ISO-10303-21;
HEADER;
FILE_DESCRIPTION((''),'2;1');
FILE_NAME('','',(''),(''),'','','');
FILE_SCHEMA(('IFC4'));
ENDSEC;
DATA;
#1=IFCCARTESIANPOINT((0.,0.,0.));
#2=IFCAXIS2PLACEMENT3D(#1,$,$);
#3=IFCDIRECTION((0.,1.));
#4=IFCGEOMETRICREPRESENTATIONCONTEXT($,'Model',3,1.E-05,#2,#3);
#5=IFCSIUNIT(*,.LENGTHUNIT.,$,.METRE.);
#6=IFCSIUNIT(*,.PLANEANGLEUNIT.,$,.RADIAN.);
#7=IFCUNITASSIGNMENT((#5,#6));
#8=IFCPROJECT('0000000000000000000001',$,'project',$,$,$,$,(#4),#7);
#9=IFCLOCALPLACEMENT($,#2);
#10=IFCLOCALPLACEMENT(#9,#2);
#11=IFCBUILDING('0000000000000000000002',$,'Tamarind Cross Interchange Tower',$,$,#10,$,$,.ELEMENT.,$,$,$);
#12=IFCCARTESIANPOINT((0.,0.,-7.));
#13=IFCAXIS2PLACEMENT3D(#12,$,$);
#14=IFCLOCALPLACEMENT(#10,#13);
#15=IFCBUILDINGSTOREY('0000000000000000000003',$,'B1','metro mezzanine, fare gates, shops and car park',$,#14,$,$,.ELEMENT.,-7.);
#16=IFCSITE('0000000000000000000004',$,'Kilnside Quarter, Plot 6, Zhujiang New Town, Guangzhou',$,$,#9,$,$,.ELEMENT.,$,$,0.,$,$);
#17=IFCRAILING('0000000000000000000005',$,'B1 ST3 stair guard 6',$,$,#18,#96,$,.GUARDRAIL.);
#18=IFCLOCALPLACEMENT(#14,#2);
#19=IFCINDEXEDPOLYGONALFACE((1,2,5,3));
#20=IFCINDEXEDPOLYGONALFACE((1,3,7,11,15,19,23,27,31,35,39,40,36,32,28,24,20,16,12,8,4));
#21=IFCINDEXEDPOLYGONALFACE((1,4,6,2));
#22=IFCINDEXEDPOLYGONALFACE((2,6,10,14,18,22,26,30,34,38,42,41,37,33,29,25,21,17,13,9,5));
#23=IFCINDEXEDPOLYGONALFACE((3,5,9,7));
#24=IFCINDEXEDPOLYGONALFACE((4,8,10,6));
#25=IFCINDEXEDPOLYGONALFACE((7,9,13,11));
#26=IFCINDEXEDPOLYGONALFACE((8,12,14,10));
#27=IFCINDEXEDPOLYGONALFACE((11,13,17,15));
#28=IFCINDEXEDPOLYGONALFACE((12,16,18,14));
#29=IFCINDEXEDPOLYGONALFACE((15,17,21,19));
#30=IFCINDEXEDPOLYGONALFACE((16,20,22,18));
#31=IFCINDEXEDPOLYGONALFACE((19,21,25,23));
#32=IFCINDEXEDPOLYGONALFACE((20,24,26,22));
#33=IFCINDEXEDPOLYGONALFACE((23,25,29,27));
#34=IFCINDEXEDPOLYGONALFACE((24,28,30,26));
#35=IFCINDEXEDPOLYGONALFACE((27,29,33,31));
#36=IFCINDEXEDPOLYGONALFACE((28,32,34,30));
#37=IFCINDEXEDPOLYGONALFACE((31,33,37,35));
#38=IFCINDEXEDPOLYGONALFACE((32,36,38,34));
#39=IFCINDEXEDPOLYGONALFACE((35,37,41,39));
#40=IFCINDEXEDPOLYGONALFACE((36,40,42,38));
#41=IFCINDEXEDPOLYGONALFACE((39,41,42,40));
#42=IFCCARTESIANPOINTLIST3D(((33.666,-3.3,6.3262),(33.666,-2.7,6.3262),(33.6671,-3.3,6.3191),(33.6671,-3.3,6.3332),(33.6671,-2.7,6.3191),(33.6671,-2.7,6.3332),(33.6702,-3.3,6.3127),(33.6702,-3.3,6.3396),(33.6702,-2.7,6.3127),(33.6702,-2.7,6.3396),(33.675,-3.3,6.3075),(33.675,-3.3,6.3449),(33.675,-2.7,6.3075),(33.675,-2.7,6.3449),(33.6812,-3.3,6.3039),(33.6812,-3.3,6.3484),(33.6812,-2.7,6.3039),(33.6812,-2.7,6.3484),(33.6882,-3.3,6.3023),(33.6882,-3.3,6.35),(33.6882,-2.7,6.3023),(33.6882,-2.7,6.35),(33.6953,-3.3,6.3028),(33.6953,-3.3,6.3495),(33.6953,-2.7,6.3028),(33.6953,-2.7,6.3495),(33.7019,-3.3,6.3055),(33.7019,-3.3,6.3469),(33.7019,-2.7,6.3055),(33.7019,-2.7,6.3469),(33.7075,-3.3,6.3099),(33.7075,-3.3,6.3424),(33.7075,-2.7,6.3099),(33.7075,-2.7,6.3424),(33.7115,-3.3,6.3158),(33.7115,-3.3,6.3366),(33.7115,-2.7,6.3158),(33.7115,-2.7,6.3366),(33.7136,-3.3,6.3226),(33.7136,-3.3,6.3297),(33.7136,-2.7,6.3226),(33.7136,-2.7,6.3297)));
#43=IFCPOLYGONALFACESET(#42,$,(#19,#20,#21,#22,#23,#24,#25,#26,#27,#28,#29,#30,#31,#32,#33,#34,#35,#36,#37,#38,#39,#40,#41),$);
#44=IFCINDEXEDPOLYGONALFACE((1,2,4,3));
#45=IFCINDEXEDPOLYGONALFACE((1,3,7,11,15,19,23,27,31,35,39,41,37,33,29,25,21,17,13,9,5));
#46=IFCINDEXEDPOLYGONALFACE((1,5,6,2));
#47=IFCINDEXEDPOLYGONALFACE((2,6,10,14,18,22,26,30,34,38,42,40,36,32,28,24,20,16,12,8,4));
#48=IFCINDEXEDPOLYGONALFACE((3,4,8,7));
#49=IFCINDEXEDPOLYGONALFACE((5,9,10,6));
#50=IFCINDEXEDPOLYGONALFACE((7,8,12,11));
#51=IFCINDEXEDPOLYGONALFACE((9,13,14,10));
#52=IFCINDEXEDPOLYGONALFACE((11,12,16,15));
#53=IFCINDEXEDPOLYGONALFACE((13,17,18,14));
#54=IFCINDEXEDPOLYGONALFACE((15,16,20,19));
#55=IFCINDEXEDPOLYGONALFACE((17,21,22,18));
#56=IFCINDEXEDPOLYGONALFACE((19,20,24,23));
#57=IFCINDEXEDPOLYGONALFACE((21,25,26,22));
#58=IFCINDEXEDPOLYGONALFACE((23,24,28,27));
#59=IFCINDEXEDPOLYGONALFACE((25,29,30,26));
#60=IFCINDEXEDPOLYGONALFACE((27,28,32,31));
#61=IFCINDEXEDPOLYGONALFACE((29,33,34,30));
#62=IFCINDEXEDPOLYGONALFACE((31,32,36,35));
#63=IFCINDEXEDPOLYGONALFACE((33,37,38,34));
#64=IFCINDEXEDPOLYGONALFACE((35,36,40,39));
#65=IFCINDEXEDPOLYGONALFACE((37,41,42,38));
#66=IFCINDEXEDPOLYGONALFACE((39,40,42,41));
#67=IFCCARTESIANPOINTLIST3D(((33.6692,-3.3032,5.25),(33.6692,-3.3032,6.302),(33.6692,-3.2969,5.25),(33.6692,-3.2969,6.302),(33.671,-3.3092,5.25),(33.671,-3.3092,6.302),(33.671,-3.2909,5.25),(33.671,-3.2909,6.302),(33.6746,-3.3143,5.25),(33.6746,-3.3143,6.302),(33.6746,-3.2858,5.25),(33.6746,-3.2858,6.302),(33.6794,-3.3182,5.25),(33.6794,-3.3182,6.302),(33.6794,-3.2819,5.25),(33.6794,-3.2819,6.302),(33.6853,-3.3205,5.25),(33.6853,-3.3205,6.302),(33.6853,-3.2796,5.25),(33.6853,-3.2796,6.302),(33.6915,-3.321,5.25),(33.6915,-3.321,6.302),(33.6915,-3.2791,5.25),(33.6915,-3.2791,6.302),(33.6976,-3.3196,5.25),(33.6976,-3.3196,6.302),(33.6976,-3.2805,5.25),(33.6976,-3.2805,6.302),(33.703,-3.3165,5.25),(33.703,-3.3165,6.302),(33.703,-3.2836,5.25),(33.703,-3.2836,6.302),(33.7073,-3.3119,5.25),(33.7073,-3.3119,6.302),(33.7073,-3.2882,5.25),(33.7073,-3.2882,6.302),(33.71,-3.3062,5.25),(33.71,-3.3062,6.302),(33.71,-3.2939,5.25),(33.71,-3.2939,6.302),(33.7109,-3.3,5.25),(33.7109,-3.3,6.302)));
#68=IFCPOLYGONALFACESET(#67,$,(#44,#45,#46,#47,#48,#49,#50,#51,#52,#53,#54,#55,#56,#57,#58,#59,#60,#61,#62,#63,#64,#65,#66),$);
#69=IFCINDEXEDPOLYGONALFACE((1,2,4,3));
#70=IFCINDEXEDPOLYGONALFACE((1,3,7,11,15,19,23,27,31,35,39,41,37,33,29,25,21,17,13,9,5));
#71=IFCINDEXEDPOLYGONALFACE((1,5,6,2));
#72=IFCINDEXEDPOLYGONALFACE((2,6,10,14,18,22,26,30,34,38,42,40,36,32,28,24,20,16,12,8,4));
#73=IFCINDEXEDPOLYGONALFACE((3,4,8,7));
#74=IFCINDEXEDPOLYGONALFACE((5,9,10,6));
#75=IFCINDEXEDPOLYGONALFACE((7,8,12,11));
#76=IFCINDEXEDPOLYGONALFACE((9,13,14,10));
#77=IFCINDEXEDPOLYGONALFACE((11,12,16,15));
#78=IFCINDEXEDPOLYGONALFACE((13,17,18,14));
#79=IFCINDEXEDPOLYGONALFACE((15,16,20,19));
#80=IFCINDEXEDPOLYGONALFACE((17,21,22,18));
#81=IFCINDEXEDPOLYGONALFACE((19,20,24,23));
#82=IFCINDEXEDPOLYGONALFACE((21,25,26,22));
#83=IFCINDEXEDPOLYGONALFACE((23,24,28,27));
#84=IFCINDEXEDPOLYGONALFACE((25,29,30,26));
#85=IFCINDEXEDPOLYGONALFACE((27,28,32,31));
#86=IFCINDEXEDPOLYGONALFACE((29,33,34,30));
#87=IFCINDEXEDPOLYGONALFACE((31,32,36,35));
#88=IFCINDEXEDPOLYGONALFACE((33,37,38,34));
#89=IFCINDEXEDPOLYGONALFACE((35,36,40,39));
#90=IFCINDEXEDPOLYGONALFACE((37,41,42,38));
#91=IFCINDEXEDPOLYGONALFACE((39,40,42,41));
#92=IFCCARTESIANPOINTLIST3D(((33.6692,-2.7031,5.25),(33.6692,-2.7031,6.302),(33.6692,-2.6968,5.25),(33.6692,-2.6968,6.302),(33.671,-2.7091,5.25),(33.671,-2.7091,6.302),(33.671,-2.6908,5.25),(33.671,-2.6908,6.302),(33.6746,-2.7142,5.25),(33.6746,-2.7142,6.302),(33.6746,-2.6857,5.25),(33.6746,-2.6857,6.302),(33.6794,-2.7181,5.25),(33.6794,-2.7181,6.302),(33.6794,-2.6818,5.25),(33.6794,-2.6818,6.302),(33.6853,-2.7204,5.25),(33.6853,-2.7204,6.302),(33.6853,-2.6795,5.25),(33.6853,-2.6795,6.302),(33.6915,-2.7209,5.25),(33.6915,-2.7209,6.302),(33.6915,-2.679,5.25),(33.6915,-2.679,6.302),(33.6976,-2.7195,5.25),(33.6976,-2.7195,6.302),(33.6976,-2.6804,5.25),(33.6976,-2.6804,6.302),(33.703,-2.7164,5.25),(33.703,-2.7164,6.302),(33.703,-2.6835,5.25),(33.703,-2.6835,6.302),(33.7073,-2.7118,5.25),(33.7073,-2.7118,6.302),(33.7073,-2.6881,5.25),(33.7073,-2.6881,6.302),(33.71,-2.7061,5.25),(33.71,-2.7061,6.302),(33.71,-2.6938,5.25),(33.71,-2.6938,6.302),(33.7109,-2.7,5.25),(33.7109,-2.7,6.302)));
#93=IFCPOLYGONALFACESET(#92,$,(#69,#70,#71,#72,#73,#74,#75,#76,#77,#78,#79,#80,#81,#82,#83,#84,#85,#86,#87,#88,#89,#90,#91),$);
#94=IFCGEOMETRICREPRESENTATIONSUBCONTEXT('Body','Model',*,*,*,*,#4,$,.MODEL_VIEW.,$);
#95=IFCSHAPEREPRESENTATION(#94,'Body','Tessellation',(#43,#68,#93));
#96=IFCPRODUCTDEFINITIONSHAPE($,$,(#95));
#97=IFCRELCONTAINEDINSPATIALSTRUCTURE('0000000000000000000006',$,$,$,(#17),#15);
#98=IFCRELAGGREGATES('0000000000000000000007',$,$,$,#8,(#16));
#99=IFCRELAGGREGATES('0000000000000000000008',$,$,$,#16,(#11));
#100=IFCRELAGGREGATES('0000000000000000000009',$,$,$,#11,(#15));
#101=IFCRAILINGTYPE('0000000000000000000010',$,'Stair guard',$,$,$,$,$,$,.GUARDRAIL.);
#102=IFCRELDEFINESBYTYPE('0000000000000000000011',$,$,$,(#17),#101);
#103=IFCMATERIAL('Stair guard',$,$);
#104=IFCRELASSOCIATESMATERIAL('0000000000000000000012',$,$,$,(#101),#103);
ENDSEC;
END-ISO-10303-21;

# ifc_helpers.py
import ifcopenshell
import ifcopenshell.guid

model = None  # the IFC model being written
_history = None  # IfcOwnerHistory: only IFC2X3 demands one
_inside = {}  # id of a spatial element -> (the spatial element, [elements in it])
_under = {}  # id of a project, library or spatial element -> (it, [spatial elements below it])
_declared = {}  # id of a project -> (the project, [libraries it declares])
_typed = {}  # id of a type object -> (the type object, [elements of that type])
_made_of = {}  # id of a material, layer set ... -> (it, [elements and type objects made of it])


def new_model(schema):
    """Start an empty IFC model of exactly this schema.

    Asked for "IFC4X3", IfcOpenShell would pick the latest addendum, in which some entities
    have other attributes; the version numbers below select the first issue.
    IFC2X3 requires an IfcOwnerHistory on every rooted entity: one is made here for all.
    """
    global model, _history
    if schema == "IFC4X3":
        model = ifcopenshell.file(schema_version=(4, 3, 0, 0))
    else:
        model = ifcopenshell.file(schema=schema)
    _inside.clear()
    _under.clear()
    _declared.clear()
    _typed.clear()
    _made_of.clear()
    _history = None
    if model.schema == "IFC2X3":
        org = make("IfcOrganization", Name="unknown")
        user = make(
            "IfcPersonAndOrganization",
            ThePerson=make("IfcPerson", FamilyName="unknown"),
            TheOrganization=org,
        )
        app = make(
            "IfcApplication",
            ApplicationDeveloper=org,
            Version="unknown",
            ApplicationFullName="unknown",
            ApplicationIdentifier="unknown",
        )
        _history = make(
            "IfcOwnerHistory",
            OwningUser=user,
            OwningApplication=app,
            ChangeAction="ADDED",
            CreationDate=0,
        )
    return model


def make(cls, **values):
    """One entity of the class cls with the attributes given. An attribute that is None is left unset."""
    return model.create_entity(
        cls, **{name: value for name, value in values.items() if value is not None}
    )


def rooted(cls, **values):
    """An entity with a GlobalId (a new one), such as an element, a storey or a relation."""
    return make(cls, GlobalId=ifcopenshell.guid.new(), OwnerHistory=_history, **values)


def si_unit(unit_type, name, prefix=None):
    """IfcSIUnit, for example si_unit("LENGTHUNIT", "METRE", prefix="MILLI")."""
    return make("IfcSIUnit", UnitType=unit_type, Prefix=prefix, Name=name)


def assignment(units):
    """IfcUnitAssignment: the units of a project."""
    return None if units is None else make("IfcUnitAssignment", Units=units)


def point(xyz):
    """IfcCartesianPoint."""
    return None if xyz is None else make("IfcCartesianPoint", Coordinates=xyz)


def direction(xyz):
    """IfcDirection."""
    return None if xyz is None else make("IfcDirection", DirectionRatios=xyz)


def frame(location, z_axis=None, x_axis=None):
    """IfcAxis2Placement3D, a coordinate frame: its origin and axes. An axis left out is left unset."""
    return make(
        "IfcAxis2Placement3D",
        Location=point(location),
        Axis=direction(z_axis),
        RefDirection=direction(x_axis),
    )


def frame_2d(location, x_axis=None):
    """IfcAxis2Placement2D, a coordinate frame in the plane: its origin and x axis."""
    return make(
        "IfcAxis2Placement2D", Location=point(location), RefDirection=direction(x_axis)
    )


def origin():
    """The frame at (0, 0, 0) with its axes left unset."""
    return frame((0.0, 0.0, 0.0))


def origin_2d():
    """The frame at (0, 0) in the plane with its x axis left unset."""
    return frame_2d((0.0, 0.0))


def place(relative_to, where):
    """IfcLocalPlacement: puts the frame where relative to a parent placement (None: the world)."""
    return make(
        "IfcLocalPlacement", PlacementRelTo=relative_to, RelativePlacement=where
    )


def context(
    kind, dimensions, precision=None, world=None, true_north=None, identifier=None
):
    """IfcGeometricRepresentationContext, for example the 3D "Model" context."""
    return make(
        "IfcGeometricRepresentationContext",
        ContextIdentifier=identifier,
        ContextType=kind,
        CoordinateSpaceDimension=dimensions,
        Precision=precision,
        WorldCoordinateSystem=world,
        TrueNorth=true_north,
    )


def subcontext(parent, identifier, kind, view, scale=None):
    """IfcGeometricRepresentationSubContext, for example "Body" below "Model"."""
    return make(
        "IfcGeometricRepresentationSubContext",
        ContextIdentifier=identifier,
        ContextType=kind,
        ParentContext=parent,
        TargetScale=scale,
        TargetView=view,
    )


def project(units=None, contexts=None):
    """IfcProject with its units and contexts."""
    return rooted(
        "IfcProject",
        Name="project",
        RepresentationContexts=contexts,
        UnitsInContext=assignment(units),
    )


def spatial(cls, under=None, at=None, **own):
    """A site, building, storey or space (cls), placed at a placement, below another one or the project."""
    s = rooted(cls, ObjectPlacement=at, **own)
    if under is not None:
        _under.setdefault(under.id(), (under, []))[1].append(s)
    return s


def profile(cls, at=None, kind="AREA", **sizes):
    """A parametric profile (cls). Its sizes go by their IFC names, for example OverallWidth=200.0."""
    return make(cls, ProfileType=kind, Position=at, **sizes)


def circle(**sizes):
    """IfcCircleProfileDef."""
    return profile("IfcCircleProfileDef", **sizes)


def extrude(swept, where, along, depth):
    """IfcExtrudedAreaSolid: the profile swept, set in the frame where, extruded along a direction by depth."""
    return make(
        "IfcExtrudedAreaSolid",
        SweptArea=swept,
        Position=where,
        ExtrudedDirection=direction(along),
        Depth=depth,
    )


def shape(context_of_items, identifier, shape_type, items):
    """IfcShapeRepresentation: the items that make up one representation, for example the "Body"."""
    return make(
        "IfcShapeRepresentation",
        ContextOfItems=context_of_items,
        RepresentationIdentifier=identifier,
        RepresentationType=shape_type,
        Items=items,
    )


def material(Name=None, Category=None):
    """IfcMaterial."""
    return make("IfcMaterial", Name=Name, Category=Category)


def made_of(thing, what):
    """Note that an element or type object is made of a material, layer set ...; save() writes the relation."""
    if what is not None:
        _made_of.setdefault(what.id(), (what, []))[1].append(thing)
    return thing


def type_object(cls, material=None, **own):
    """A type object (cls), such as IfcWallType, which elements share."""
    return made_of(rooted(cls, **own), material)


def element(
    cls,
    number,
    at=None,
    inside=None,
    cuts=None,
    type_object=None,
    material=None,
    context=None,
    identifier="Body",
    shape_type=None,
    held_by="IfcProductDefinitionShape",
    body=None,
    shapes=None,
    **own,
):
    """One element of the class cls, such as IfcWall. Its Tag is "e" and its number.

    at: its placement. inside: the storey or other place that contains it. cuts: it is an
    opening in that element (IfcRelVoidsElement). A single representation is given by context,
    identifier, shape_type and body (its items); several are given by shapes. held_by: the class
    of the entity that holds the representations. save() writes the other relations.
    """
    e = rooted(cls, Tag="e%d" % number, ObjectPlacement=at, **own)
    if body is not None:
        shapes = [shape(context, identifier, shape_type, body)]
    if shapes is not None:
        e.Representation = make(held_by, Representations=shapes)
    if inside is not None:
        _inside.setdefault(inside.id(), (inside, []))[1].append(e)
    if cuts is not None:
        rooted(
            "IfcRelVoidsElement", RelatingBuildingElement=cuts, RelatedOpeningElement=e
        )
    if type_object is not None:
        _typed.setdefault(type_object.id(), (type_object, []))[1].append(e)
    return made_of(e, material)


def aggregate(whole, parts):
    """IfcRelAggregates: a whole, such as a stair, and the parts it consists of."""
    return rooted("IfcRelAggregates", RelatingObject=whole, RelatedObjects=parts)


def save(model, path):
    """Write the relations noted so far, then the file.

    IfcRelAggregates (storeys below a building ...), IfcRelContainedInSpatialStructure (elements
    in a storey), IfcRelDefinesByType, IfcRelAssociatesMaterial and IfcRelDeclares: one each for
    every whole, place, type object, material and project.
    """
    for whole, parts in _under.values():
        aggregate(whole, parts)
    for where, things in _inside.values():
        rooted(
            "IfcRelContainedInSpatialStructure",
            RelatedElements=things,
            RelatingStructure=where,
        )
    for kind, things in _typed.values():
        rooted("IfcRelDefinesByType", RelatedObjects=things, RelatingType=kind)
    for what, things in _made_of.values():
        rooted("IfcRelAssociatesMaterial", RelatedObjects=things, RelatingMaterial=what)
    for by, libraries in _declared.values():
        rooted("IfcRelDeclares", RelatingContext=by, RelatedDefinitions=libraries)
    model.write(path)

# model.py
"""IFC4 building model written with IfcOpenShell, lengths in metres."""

from ifc_helpers import new_model, si_unit, direction, frame, origin, origin_2d, place, context, subcontext, project, spatial, circle, extrude, material, type_object, element, save


model = new_model("IFC4")

# Units and contexts
model_context = context("Model", 3, precision=1e-05, world=origin(), true_north=direction((0.0, 1.0)))
body_context = subcontext(model_context, "Body", "Model", "MODEL_VIEW")
ifc_project = project(units=[si_unit("LENGTHUNIT", "METRE"), si_unit("PLANEANGLEUNIT", "RADIAN")], contexts=[model_context])

# Site, building, storey
site_placement = place(None, origin())
site = spatial("IfcSite", under=ifc_project, at=site_placement, Name="Kilnside Quarter, Plot 6, Zhujiang New Town, Guangzhou", CompositionType="ELEMENT", RefElevation=0.0)
building_placement = place(site_placement, origin())
building = spatial("IfcBuilding", under=site, at=building_placement, Name="Tamarind Cross Interchange Tower", CompositionType="ELEMENT")
storey_placement = place(building_placement, frame((0.0, 0.0, -7.0)))
storey = spatial("IfcBuildingStorey", under=building, at=storey_placement, Name="B1", Description="metro mezzanine, fare gates, shops and car park", CompositionType="ELEMENT", Elevation=-7.0)

# Railing
ifc_material_1 = material(Name="Stair guard")
railing_type_1 = type_object("IfcRailingType", Name="Stair guard", PredefinedType="GUARDRAIL", material=ifc_material_1)
railing_1_placement = place(storey_placement, frame((33.6899, -3.3, 5.25)))
element("IfcRailing", 1, at=railing_1_placement, inside=storey, type_object=railing_type_1, Name="B1 ST3 stair guard 6", PredefinedType="GUARDRAIL", context=body_context, shape_type="SweptSolid", body=[
    extrude(circle(Radius=0.0239, at=origin_2d()), frame((0.0, 0.0, 1.0762), z_axis=(0.0, 1.0, 0.0), x_axis=(-1.0, 0.0, 0.0)), (0.0, 0.0, 1.0), 0.6001),
    extrude(circle(Radius=0.021, at=origin_2d()), origin(), (0.0, 0.0, 1.0), 1.052),
    extrude(circle(Radius=0.021, at=origin_2d()), frame((0.0, 0.6001, 0.0)), (0.0, 0.0, 1.0), 1.052),
])

save(model, "model.ifc")
